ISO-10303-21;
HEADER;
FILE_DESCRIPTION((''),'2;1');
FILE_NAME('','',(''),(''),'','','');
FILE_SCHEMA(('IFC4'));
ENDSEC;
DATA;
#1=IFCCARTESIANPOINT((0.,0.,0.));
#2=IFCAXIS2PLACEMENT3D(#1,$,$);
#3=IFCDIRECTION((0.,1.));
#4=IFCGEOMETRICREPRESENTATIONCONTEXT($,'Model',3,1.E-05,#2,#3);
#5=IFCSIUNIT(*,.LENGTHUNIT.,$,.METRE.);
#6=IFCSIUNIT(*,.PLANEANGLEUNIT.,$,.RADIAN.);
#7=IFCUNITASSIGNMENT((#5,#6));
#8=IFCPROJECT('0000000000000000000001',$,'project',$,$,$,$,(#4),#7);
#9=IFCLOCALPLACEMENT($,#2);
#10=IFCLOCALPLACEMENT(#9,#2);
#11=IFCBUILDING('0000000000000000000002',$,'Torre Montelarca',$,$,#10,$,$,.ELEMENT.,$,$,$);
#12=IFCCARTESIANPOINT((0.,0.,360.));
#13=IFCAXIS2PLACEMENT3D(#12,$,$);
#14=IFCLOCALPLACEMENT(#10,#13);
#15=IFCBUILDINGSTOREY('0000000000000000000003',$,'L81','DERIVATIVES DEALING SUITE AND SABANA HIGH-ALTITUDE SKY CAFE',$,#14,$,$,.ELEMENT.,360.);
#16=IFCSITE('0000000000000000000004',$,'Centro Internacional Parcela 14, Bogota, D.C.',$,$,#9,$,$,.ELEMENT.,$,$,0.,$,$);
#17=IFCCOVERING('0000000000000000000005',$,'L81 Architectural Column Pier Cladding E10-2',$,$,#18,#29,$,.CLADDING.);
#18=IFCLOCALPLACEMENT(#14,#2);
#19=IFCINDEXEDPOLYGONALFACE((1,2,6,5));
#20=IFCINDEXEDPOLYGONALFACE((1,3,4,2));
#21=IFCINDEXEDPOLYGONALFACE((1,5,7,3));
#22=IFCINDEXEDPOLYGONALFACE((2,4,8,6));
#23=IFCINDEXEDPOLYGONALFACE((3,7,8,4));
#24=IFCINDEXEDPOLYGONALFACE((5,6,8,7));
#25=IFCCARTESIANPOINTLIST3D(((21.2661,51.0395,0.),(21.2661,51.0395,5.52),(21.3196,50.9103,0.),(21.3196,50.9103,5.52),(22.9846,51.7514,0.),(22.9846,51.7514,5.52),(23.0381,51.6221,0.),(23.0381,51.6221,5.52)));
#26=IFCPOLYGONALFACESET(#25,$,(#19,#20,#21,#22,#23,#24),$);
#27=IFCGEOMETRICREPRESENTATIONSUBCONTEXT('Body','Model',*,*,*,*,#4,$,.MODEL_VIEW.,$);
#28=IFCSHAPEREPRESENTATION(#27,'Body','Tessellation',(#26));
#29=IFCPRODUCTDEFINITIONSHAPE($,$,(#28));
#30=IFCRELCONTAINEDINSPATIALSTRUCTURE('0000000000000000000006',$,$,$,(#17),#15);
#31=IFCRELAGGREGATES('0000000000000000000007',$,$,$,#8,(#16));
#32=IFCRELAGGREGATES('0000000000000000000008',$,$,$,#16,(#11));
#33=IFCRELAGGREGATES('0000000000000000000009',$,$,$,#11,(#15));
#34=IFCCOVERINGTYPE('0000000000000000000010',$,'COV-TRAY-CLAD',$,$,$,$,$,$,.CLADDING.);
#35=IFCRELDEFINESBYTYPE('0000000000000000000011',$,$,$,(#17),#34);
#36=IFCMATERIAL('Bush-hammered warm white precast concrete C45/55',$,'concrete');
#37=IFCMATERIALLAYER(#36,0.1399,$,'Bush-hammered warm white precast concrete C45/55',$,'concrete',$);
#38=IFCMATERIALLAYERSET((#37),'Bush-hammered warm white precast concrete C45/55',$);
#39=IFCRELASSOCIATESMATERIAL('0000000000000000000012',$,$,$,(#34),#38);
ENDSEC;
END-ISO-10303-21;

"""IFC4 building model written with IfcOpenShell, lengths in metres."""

from ifc_helpers import new_model, si_unit, direction, frame, origin, origin_2d, place, context, subcontext, project, spatial, rectangle, extrude, source, transform, mapped, material, layer, layer_set, type_object, element, save


model = new_model("IFC4")

# Units and contexts
model_context = context("Model", 3, precision=1e-05, world=origin(), true_north=direction((0.0, 1.0)))
body_context = subcontext(model_context, "Body", "Model", "MODEL_VIEW")
ifc_project = project(units=[si_unit("LENGTHUNIT", "METRE"), si_unit("PLANEANGLEUNIT", "RADIAN")], contexts=[model_context])

# Site, building, storey
site_placement = place(None, origin())
site = spatial("IfcSite", under=ifc_project, at=site_placement, Name="Centro Internacional Parcela 14, Bogota, D.C.", CompositionType="ELEMENT", RefElevation=0.0)
building_placement = place(site_placement, origin())
building = spatial("IfcBuilding", under=site, at=building_placement, Name="Torre Montelarca", CompositionType="ELEMENT")
storey_placement = place(building_placement, frame((0.0, 0.0, 360.0)))
storey = spatial("IfcBuildingStorey", under=building, at=storey_placement, Name="L81", Description="DERIVATIVES DEALING SUITE AND SABANA HIGH-ALTITUDE SKY CAFE", CompositionType="ELEMENT", Elevation=360.0)

# Covering
ifc_material_1 = material(Name="Bush-hammered warm white precast concrete C45/55", Category="concrete")
ifc_layer_1 = layer(ifc_material_1, 0.1399, Name="Bush-hammered warm white precast concrete C45/55", Category="concrete")
ifc_layer_set_1 = layer_set([ifc_layer_1], Name="Bush-hammered warm white precast concrete C45/55")
covering_type = type_object("IfcCoveringType", Name="COV-TRAY-CLAD", PredefinedType="CLADDING", material=ifc_layer_set_1)
shared_shape_1 = source(origin(), body_context, "Body", "SweptSolid", [
    extrude(rectangle(XDim=1.8601, YDim=0.1399, at=origin_2d()), origin(), (0.0, 0.0, 1.0), 5.52),
])
covering_placement = place(storey_placement, frame((22.1521, 51.3308, 0.0), z_axis=(0.0, 0.0, 1.0), x_axis=(-0.923879, -0.382685, 0.0)))
element("IfcCovering", 1, at=covering_placement, inside=storey, type_object=covering_type, Name="L81 Architectural Column Pier Cladding E10-2", PredefinedType="CLADDING", context=body_context, shape_type="MappedRepresentation", body=[
    mapped(shared_shape_1, transform((0.0, 0.0, 0.0), scale=1.0)),
])

save(model, "model.ifc")
